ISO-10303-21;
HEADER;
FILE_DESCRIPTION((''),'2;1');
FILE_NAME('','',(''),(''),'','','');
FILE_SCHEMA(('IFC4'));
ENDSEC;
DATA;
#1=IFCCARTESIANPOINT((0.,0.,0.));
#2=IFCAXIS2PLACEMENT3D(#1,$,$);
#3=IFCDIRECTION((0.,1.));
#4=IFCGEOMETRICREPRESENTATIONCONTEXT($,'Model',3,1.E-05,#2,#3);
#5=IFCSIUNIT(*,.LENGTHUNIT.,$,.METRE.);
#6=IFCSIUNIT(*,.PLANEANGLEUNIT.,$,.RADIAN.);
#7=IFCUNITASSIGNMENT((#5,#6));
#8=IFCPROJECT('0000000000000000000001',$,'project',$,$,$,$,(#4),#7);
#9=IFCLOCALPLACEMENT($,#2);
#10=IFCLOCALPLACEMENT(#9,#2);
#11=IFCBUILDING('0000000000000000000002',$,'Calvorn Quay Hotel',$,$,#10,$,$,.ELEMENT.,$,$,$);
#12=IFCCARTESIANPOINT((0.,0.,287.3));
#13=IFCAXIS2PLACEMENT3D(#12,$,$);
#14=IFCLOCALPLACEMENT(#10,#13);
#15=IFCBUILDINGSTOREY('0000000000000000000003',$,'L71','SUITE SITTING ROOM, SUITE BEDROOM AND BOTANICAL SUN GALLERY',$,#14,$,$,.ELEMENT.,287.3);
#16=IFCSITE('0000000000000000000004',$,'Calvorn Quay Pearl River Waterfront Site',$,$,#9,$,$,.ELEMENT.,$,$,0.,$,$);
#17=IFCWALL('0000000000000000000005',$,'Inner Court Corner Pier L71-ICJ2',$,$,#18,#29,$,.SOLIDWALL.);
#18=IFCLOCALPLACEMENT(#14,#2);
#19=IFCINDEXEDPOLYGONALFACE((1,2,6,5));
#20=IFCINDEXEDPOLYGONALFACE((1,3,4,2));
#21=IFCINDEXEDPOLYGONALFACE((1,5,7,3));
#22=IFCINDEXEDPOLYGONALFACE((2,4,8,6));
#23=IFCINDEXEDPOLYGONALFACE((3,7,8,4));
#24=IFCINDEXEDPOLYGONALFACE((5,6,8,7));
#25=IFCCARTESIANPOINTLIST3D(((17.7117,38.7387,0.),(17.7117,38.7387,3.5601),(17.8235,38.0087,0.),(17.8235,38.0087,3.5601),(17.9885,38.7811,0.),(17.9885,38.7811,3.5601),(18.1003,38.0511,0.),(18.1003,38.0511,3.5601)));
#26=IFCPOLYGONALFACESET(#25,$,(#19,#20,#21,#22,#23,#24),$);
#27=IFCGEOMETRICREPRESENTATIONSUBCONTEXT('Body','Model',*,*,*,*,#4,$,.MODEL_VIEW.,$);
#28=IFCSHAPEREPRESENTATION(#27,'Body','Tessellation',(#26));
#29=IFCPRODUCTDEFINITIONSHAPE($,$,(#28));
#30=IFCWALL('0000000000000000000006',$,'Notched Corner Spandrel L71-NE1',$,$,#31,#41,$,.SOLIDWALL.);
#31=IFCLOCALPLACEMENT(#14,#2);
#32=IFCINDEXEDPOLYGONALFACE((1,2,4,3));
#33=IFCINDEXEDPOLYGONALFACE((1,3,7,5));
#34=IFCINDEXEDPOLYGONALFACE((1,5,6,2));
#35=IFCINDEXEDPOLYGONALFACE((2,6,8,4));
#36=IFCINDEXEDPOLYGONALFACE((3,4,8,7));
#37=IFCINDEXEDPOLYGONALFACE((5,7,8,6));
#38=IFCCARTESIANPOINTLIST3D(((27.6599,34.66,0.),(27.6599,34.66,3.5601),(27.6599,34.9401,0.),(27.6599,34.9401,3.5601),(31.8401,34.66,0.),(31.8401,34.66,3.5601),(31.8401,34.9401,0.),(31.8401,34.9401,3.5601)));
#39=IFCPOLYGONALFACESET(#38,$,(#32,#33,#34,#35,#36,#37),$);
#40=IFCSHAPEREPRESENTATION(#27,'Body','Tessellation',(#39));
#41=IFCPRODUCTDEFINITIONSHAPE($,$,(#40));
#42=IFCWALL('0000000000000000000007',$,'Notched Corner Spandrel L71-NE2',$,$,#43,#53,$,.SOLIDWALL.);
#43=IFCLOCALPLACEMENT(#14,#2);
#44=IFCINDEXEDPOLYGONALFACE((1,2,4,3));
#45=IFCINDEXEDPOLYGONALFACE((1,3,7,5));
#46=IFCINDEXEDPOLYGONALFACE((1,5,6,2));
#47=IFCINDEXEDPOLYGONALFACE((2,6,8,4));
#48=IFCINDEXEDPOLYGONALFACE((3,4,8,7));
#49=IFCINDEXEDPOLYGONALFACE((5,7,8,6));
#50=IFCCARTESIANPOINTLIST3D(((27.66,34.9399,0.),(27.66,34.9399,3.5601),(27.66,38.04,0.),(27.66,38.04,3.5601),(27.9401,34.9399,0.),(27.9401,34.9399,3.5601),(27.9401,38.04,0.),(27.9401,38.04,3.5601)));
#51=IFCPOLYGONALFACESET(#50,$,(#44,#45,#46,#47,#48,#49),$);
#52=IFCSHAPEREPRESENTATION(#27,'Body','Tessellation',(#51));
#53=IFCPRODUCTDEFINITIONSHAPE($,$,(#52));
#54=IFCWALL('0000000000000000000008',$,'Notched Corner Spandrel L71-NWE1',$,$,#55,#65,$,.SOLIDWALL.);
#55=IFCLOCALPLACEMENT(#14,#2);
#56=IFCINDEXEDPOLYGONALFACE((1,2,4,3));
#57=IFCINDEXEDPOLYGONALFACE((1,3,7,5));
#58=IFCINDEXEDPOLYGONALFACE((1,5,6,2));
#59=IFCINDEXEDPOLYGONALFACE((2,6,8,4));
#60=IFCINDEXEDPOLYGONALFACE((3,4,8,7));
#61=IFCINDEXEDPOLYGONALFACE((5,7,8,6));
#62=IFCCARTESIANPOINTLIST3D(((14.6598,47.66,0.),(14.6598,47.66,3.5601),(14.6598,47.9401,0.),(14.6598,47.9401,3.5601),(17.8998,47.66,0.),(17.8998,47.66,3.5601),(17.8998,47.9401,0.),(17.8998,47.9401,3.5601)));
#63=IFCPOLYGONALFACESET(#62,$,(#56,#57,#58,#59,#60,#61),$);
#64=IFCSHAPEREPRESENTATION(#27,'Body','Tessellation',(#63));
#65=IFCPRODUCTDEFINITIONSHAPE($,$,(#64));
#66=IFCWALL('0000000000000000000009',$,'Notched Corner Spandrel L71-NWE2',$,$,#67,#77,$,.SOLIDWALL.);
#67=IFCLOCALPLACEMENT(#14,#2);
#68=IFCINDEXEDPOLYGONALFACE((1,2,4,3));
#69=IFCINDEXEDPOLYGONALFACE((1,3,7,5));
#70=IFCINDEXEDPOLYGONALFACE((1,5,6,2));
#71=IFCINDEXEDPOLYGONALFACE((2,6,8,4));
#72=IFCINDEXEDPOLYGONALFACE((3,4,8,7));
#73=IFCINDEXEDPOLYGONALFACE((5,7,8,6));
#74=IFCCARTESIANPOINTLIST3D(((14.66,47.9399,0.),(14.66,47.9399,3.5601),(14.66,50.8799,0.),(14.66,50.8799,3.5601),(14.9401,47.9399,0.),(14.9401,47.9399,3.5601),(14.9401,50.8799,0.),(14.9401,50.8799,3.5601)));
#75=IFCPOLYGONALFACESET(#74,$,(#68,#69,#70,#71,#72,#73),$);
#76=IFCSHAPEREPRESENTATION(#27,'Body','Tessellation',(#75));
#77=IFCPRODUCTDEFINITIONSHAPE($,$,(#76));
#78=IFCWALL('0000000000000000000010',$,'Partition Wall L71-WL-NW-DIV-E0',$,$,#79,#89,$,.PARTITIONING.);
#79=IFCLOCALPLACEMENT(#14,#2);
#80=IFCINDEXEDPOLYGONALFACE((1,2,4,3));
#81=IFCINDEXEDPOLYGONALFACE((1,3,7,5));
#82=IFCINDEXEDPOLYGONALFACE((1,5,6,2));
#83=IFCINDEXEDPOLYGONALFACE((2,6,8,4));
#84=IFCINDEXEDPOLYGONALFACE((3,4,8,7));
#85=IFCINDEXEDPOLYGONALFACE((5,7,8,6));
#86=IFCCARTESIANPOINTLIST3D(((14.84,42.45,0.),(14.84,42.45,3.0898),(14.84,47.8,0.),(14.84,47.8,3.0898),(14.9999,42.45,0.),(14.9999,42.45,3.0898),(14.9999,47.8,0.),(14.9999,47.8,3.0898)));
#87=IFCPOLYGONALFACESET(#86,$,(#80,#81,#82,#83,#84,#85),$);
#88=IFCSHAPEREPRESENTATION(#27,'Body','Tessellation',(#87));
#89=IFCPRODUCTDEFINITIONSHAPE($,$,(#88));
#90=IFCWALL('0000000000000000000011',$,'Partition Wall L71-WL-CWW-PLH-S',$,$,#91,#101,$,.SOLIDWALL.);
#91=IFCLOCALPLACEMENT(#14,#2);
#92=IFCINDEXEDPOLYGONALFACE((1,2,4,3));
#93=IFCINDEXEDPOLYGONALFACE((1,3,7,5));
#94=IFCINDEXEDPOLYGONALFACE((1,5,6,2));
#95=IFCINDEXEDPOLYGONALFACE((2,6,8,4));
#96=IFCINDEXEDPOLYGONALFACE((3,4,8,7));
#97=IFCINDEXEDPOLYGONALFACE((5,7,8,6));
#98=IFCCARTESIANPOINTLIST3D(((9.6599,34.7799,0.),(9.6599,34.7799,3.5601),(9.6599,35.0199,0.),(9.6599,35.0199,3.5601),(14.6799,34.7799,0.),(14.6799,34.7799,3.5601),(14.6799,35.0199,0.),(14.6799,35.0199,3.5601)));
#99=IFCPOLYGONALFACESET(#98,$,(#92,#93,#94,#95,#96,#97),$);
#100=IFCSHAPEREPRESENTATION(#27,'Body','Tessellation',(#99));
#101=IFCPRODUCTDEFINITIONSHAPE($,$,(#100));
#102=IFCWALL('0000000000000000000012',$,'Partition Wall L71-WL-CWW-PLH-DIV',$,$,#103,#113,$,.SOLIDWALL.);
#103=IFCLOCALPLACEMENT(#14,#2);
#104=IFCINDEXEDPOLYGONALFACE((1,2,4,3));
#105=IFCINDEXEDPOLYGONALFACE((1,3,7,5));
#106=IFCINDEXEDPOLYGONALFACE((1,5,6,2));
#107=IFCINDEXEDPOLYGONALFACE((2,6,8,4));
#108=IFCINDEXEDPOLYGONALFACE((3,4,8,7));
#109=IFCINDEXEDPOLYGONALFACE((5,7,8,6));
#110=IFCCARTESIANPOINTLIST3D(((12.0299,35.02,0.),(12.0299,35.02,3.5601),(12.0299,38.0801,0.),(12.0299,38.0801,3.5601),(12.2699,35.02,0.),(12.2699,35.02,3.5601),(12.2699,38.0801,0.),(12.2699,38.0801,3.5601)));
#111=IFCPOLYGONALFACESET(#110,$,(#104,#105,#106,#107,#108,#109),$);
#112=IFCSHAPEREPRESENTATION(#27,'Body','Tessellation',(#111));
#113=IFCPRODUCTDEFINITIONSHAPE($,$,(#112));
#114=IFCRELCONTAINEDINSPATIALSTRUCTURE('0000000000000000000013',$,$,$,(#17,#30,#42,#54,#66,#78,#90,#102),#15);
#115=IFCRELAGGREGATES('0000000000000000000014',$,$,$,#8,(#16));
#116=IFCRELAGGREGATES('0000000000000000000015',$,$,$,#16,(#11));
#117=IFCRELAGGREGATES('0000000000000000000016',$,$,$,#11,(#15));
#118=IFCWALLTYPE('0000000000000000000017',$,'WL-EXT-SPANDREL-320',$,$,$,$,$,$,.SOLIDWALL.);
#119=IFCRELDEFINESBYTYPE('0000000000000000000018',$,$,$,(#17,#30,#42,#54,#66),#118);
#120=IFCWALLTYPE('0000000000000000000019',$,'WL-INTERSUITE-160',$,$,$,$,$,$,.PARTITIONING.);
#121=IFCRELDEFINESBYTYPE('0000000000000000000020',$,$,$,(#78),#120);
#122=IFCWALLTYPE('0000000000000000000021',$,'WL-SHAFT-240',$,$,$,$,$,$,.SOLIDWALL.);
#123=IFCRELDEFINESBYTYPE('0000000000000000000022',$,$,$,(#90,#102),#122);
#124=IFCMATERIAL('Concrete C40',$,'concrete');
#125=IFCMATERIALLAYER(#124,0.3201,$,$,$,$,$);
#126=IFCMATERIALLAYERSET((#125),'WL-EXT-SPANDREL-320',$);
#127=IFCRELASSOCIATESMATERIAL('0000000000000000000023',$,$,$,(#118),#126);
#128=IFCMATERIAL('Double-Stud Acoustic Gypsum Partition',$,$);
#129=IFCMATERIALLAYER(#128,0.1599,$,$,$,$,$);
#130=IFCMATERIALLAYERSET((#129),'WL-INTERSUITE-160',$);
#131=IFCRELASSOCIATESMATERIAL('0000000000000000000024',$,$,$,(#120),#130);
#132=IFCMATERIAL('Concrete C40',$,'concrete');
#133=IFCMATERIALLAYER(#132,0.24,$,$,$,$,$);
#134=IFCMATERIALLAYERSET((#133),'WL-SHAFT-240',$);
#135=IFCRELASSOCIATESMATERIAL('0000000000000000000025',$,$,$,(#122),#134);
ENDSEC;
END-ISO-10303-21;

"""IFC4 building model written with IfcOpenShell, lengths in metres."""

from ifc_helpers import new_model, si_unit, direction, frame, frame_2d, origin, place, context, subcontext, project, spatial, rectangle, extrude, material, layer, layer_set, type_object, element, save


model = new_model("IFC4")

# Units and contexts
model_context = context("Model", 3, precision=1e-05, world=origin(), true_north=direction((0.0, 1.0)))
body_context = subcontext(model_context, "Body", "Model", "MODEL_VIEW")
ifc_project = project(units=[si_unit("LENGTHUNIT", "METRE"), si_unit("PLANEANGLEUNIT", "RADIAN")], contexts=[model_context])

# Site, building, storey
site_placement = place(None, origin())
site = spatial("IfcSite", under=ifc_project, at=site_placement, Name="Calvorn Quay Pearl River Waterfront Site", CompositionType="ELEMENT", RefElevation=0.0)
building_placement = place(site_placement, origin())
building = spatial("IfcBuilding", under=site, at=building_placement, Name="Calvorn Quay Hotel", CompositionType="ELEMENT")
storey_placement = place(building_placement, frame((0.0, 0.0, 287.3)))
storey = spatial("IfcBuildingStorey", under=building, at=storey_placement, Name="L71", Description="SUITE SITTING ROOM, SUITE BEDROOM AND BOTANICAL SUN GALLERY", CompositionType="ELEMENT", Elevation=287.3)

# Walls
ifc_material_1 = material(Name="Concrete C40", Category="concrete")
ifc_layer_1 = layer(ifc_material_1, 0.3201)
ifc_layer_set_1 = layer_set([ifc_layer_1], Name="WL-EXT-SPANDREL-320")
wall_type_1 = type_object("IfcWallType", Name="WL-EXT-SPANDREL-320", PredefinedType="SOLIDWALL", material=ifc_layer_set_1)
wall_1_placement = place(storey_placement, frame((17.9619, 38.03, 0.0), z_axis=(0.0, 0.0, 1.0), x_axis=(-0.151411, 0.988471, 0.0)))
element("IfcWall", 1, at=wall_1_placement, inside=storey, type_object=wall_type_1, Name="Inner Court Corner Pier L71-ICJ2", PredefinedType="SOLIDWALL", context=body_context, shape_type="SweptSolid", body=[
    extrude(rectangle(XDim=0.7385, YDim=0.28, at=frame_2d((0.3691, 0.0))), origin(), (0.0, 0.0, 1.0), 3.5601),
])
wall_2_placement = place(storey_placement, frame((31.8401, 34.8, 0.0), z_axis=(0.0, 0.0, 1.0), x_axis=(-1.0, 0.0, 0.0)))
element("IfcWall", 2, at=wall_2_placement, inside=storey, type_object=wall_type_1, Name="Notched Corner Spandrel L71-NE1", PredefinedType="SOLIDWALL", context=body_context, shape_type="SweptSolid", body=[
    extrude(rectangle(XDim=4.1802, YDim=0.28, at=frame_2d((2.0901, 0.0))), origin(), (0.0, 0.0, 1.0), 3.5601),
])
wall_3_placement = place(storey_placement, frame((27.8, 34.9399, 0.0), z_axis=(0.0, 0.0, 1.0), x_axis=(0.0, 1.0, 0.0)))
element("IfcWall", 3, at=wall_3_placement, inside=storey, type_object=wall_type_1, Name="Notched Corner Spandrel L71-NE2", PredefinedType="SOLIDWALL", context=body_context, shape_type="SweptSolid", body=[
    extrude(rectangle(XDim=3.1001, YDim=0.28, at=frame_2d((1.55, 0.0))), origin(), (0.0, 0.0, 1.0), 3.5601),
])
wall_4_placement = place(storey_placement, frame((17.8999, 47.8, 0.0), z_axis=(0.0, 0.0, 1.0), x_axis=(-1.0, 0.0, 0.0)))
element("IfcWall", 4, at=wall_4_placement, inside=storey, type_object=wall_type_1, Name="Notched Corner Spandrel L71-NWE1", PredefinedType="SOLIDWALL", context=body_context, shape_type="SweptSolid", body=[
    extrude(rectangle(XDim=3.24, YDim=0.28, at=frame_2d((1.6201, 0.0))), origin(), (0.0, 0.0, 1.0), 3.5601),
])
wall_5_placement = place(storey_placement, frame((14.8, 47.9399, 0.0), z_axis=(0.0, 0.0, 1.0), x_axis=(0.0, 1.0, 0.0)))
element("IfcWall", 5, at=wall_5_placement, inside=storey, type_object=wall_type_1, Name="Notched Corner Spandrel L71-NWE2", PredefinedType="SOLIDWALL", context=body_context, shape_type="SweptSolid", body=[
    extrude(rectangle(XDim=2.9399, YDim=0.28, at=frame_2d((1.47, 0.0))), origin(), (0.0, 0.0, 1.0), 3.5601),
])
ifc_material_2 = material(Name="Double-Stud Acoustic Gypsum Partition")
ifc_layer_2 = layer(ifc_material_2, 0.1599)
ifc_layer_set_2 = layer_set([ifc_layer_2], Name="WL-INTERSUITE-160")
wall_type_2 = type_object("IfcWallType", Name="WL-INTERSUITE-160", PredefinedType="PARTITIONING", material=ifc_layer_set_2)
wall_6_placement = place(storey_placement, frame((14.9199, 42.45, 0.0), z_axis=(0.0, 0.0, 1.0), x_axis=(0.0, 1.0, 0.0)))
element("IfcWall", 6, at=wall_6_placement, inside=storey, type_object=wall_type_2, Name="Partition Wall L71-WL-NW-DIV-E0", PredefinedType="PARTITIONING", context=body_context, shape_type="SweptSolid", body=[
    extrude(rectangle(XDim=5.3501, YDim=0.1599, at=frame_2d((2.675, 0.0))), origin(), (0.0, 0.0, 1.0), 3.0898),
])
ifc_material_3 = material(Name="Concrete C40", Category="concrete")
ifc_layer_3 = layer(ifc_material_3, 0.24)
ifc_layer_set_3 = layer_set([ifc_layer_3], Name="WL-SHAFT-240")
wall_type_3 = type_object("IfcWallType", Name="WL-SHAFT-240", PredefinedType="SOLIDWALL", material=ifc_layer_set_3)
wall_7_placement = place(storey_placement, frame((9.6599, 34.8999, 0.0), z_axis=(0.0, 0.0, 1.0), x_axis=(1.0, 0.0, 0.0)))
element("IfcWall", 7, at=wall_7_placement, inside=storey, type_object=wall_type_3, Name="Partition Wall L71-WL-CWW-PLH-S", PredefinedType="SOLIDWALL", context=body_context, shape_type="SweptSolid", body=[
    extrude(rectangle(XDim=5.02, YDim=0.24, at=frame_2d((2.51, 0.0))), origin(), (0.0, 0.0, 1.0), 3.5601),
])
wall_8_placement = place(storey_placement, frame((12.1499, 35.02, 0.0), z_axis=(0.0, 0.0, 1.0), x_axis=(0.0, 1.0, 0.0)))
element("IfcWall", 8, at=wall_8_placement, inside=storey, type_object=wall_type_3, Name="Partition Wall L71-WL-CWW-PLH-DIV", PredefinedType="SOLIDWALL", context=body_context, shape_type="SweptSolid", body=[
    extrude(rectangle(XDim=3.0601, YDim=0.24, at=frame_2d((1.53, 0.0))), origin(), (0.0, 0.0, 1.0), 3.5601),
])

save(model, "model.ifc")
